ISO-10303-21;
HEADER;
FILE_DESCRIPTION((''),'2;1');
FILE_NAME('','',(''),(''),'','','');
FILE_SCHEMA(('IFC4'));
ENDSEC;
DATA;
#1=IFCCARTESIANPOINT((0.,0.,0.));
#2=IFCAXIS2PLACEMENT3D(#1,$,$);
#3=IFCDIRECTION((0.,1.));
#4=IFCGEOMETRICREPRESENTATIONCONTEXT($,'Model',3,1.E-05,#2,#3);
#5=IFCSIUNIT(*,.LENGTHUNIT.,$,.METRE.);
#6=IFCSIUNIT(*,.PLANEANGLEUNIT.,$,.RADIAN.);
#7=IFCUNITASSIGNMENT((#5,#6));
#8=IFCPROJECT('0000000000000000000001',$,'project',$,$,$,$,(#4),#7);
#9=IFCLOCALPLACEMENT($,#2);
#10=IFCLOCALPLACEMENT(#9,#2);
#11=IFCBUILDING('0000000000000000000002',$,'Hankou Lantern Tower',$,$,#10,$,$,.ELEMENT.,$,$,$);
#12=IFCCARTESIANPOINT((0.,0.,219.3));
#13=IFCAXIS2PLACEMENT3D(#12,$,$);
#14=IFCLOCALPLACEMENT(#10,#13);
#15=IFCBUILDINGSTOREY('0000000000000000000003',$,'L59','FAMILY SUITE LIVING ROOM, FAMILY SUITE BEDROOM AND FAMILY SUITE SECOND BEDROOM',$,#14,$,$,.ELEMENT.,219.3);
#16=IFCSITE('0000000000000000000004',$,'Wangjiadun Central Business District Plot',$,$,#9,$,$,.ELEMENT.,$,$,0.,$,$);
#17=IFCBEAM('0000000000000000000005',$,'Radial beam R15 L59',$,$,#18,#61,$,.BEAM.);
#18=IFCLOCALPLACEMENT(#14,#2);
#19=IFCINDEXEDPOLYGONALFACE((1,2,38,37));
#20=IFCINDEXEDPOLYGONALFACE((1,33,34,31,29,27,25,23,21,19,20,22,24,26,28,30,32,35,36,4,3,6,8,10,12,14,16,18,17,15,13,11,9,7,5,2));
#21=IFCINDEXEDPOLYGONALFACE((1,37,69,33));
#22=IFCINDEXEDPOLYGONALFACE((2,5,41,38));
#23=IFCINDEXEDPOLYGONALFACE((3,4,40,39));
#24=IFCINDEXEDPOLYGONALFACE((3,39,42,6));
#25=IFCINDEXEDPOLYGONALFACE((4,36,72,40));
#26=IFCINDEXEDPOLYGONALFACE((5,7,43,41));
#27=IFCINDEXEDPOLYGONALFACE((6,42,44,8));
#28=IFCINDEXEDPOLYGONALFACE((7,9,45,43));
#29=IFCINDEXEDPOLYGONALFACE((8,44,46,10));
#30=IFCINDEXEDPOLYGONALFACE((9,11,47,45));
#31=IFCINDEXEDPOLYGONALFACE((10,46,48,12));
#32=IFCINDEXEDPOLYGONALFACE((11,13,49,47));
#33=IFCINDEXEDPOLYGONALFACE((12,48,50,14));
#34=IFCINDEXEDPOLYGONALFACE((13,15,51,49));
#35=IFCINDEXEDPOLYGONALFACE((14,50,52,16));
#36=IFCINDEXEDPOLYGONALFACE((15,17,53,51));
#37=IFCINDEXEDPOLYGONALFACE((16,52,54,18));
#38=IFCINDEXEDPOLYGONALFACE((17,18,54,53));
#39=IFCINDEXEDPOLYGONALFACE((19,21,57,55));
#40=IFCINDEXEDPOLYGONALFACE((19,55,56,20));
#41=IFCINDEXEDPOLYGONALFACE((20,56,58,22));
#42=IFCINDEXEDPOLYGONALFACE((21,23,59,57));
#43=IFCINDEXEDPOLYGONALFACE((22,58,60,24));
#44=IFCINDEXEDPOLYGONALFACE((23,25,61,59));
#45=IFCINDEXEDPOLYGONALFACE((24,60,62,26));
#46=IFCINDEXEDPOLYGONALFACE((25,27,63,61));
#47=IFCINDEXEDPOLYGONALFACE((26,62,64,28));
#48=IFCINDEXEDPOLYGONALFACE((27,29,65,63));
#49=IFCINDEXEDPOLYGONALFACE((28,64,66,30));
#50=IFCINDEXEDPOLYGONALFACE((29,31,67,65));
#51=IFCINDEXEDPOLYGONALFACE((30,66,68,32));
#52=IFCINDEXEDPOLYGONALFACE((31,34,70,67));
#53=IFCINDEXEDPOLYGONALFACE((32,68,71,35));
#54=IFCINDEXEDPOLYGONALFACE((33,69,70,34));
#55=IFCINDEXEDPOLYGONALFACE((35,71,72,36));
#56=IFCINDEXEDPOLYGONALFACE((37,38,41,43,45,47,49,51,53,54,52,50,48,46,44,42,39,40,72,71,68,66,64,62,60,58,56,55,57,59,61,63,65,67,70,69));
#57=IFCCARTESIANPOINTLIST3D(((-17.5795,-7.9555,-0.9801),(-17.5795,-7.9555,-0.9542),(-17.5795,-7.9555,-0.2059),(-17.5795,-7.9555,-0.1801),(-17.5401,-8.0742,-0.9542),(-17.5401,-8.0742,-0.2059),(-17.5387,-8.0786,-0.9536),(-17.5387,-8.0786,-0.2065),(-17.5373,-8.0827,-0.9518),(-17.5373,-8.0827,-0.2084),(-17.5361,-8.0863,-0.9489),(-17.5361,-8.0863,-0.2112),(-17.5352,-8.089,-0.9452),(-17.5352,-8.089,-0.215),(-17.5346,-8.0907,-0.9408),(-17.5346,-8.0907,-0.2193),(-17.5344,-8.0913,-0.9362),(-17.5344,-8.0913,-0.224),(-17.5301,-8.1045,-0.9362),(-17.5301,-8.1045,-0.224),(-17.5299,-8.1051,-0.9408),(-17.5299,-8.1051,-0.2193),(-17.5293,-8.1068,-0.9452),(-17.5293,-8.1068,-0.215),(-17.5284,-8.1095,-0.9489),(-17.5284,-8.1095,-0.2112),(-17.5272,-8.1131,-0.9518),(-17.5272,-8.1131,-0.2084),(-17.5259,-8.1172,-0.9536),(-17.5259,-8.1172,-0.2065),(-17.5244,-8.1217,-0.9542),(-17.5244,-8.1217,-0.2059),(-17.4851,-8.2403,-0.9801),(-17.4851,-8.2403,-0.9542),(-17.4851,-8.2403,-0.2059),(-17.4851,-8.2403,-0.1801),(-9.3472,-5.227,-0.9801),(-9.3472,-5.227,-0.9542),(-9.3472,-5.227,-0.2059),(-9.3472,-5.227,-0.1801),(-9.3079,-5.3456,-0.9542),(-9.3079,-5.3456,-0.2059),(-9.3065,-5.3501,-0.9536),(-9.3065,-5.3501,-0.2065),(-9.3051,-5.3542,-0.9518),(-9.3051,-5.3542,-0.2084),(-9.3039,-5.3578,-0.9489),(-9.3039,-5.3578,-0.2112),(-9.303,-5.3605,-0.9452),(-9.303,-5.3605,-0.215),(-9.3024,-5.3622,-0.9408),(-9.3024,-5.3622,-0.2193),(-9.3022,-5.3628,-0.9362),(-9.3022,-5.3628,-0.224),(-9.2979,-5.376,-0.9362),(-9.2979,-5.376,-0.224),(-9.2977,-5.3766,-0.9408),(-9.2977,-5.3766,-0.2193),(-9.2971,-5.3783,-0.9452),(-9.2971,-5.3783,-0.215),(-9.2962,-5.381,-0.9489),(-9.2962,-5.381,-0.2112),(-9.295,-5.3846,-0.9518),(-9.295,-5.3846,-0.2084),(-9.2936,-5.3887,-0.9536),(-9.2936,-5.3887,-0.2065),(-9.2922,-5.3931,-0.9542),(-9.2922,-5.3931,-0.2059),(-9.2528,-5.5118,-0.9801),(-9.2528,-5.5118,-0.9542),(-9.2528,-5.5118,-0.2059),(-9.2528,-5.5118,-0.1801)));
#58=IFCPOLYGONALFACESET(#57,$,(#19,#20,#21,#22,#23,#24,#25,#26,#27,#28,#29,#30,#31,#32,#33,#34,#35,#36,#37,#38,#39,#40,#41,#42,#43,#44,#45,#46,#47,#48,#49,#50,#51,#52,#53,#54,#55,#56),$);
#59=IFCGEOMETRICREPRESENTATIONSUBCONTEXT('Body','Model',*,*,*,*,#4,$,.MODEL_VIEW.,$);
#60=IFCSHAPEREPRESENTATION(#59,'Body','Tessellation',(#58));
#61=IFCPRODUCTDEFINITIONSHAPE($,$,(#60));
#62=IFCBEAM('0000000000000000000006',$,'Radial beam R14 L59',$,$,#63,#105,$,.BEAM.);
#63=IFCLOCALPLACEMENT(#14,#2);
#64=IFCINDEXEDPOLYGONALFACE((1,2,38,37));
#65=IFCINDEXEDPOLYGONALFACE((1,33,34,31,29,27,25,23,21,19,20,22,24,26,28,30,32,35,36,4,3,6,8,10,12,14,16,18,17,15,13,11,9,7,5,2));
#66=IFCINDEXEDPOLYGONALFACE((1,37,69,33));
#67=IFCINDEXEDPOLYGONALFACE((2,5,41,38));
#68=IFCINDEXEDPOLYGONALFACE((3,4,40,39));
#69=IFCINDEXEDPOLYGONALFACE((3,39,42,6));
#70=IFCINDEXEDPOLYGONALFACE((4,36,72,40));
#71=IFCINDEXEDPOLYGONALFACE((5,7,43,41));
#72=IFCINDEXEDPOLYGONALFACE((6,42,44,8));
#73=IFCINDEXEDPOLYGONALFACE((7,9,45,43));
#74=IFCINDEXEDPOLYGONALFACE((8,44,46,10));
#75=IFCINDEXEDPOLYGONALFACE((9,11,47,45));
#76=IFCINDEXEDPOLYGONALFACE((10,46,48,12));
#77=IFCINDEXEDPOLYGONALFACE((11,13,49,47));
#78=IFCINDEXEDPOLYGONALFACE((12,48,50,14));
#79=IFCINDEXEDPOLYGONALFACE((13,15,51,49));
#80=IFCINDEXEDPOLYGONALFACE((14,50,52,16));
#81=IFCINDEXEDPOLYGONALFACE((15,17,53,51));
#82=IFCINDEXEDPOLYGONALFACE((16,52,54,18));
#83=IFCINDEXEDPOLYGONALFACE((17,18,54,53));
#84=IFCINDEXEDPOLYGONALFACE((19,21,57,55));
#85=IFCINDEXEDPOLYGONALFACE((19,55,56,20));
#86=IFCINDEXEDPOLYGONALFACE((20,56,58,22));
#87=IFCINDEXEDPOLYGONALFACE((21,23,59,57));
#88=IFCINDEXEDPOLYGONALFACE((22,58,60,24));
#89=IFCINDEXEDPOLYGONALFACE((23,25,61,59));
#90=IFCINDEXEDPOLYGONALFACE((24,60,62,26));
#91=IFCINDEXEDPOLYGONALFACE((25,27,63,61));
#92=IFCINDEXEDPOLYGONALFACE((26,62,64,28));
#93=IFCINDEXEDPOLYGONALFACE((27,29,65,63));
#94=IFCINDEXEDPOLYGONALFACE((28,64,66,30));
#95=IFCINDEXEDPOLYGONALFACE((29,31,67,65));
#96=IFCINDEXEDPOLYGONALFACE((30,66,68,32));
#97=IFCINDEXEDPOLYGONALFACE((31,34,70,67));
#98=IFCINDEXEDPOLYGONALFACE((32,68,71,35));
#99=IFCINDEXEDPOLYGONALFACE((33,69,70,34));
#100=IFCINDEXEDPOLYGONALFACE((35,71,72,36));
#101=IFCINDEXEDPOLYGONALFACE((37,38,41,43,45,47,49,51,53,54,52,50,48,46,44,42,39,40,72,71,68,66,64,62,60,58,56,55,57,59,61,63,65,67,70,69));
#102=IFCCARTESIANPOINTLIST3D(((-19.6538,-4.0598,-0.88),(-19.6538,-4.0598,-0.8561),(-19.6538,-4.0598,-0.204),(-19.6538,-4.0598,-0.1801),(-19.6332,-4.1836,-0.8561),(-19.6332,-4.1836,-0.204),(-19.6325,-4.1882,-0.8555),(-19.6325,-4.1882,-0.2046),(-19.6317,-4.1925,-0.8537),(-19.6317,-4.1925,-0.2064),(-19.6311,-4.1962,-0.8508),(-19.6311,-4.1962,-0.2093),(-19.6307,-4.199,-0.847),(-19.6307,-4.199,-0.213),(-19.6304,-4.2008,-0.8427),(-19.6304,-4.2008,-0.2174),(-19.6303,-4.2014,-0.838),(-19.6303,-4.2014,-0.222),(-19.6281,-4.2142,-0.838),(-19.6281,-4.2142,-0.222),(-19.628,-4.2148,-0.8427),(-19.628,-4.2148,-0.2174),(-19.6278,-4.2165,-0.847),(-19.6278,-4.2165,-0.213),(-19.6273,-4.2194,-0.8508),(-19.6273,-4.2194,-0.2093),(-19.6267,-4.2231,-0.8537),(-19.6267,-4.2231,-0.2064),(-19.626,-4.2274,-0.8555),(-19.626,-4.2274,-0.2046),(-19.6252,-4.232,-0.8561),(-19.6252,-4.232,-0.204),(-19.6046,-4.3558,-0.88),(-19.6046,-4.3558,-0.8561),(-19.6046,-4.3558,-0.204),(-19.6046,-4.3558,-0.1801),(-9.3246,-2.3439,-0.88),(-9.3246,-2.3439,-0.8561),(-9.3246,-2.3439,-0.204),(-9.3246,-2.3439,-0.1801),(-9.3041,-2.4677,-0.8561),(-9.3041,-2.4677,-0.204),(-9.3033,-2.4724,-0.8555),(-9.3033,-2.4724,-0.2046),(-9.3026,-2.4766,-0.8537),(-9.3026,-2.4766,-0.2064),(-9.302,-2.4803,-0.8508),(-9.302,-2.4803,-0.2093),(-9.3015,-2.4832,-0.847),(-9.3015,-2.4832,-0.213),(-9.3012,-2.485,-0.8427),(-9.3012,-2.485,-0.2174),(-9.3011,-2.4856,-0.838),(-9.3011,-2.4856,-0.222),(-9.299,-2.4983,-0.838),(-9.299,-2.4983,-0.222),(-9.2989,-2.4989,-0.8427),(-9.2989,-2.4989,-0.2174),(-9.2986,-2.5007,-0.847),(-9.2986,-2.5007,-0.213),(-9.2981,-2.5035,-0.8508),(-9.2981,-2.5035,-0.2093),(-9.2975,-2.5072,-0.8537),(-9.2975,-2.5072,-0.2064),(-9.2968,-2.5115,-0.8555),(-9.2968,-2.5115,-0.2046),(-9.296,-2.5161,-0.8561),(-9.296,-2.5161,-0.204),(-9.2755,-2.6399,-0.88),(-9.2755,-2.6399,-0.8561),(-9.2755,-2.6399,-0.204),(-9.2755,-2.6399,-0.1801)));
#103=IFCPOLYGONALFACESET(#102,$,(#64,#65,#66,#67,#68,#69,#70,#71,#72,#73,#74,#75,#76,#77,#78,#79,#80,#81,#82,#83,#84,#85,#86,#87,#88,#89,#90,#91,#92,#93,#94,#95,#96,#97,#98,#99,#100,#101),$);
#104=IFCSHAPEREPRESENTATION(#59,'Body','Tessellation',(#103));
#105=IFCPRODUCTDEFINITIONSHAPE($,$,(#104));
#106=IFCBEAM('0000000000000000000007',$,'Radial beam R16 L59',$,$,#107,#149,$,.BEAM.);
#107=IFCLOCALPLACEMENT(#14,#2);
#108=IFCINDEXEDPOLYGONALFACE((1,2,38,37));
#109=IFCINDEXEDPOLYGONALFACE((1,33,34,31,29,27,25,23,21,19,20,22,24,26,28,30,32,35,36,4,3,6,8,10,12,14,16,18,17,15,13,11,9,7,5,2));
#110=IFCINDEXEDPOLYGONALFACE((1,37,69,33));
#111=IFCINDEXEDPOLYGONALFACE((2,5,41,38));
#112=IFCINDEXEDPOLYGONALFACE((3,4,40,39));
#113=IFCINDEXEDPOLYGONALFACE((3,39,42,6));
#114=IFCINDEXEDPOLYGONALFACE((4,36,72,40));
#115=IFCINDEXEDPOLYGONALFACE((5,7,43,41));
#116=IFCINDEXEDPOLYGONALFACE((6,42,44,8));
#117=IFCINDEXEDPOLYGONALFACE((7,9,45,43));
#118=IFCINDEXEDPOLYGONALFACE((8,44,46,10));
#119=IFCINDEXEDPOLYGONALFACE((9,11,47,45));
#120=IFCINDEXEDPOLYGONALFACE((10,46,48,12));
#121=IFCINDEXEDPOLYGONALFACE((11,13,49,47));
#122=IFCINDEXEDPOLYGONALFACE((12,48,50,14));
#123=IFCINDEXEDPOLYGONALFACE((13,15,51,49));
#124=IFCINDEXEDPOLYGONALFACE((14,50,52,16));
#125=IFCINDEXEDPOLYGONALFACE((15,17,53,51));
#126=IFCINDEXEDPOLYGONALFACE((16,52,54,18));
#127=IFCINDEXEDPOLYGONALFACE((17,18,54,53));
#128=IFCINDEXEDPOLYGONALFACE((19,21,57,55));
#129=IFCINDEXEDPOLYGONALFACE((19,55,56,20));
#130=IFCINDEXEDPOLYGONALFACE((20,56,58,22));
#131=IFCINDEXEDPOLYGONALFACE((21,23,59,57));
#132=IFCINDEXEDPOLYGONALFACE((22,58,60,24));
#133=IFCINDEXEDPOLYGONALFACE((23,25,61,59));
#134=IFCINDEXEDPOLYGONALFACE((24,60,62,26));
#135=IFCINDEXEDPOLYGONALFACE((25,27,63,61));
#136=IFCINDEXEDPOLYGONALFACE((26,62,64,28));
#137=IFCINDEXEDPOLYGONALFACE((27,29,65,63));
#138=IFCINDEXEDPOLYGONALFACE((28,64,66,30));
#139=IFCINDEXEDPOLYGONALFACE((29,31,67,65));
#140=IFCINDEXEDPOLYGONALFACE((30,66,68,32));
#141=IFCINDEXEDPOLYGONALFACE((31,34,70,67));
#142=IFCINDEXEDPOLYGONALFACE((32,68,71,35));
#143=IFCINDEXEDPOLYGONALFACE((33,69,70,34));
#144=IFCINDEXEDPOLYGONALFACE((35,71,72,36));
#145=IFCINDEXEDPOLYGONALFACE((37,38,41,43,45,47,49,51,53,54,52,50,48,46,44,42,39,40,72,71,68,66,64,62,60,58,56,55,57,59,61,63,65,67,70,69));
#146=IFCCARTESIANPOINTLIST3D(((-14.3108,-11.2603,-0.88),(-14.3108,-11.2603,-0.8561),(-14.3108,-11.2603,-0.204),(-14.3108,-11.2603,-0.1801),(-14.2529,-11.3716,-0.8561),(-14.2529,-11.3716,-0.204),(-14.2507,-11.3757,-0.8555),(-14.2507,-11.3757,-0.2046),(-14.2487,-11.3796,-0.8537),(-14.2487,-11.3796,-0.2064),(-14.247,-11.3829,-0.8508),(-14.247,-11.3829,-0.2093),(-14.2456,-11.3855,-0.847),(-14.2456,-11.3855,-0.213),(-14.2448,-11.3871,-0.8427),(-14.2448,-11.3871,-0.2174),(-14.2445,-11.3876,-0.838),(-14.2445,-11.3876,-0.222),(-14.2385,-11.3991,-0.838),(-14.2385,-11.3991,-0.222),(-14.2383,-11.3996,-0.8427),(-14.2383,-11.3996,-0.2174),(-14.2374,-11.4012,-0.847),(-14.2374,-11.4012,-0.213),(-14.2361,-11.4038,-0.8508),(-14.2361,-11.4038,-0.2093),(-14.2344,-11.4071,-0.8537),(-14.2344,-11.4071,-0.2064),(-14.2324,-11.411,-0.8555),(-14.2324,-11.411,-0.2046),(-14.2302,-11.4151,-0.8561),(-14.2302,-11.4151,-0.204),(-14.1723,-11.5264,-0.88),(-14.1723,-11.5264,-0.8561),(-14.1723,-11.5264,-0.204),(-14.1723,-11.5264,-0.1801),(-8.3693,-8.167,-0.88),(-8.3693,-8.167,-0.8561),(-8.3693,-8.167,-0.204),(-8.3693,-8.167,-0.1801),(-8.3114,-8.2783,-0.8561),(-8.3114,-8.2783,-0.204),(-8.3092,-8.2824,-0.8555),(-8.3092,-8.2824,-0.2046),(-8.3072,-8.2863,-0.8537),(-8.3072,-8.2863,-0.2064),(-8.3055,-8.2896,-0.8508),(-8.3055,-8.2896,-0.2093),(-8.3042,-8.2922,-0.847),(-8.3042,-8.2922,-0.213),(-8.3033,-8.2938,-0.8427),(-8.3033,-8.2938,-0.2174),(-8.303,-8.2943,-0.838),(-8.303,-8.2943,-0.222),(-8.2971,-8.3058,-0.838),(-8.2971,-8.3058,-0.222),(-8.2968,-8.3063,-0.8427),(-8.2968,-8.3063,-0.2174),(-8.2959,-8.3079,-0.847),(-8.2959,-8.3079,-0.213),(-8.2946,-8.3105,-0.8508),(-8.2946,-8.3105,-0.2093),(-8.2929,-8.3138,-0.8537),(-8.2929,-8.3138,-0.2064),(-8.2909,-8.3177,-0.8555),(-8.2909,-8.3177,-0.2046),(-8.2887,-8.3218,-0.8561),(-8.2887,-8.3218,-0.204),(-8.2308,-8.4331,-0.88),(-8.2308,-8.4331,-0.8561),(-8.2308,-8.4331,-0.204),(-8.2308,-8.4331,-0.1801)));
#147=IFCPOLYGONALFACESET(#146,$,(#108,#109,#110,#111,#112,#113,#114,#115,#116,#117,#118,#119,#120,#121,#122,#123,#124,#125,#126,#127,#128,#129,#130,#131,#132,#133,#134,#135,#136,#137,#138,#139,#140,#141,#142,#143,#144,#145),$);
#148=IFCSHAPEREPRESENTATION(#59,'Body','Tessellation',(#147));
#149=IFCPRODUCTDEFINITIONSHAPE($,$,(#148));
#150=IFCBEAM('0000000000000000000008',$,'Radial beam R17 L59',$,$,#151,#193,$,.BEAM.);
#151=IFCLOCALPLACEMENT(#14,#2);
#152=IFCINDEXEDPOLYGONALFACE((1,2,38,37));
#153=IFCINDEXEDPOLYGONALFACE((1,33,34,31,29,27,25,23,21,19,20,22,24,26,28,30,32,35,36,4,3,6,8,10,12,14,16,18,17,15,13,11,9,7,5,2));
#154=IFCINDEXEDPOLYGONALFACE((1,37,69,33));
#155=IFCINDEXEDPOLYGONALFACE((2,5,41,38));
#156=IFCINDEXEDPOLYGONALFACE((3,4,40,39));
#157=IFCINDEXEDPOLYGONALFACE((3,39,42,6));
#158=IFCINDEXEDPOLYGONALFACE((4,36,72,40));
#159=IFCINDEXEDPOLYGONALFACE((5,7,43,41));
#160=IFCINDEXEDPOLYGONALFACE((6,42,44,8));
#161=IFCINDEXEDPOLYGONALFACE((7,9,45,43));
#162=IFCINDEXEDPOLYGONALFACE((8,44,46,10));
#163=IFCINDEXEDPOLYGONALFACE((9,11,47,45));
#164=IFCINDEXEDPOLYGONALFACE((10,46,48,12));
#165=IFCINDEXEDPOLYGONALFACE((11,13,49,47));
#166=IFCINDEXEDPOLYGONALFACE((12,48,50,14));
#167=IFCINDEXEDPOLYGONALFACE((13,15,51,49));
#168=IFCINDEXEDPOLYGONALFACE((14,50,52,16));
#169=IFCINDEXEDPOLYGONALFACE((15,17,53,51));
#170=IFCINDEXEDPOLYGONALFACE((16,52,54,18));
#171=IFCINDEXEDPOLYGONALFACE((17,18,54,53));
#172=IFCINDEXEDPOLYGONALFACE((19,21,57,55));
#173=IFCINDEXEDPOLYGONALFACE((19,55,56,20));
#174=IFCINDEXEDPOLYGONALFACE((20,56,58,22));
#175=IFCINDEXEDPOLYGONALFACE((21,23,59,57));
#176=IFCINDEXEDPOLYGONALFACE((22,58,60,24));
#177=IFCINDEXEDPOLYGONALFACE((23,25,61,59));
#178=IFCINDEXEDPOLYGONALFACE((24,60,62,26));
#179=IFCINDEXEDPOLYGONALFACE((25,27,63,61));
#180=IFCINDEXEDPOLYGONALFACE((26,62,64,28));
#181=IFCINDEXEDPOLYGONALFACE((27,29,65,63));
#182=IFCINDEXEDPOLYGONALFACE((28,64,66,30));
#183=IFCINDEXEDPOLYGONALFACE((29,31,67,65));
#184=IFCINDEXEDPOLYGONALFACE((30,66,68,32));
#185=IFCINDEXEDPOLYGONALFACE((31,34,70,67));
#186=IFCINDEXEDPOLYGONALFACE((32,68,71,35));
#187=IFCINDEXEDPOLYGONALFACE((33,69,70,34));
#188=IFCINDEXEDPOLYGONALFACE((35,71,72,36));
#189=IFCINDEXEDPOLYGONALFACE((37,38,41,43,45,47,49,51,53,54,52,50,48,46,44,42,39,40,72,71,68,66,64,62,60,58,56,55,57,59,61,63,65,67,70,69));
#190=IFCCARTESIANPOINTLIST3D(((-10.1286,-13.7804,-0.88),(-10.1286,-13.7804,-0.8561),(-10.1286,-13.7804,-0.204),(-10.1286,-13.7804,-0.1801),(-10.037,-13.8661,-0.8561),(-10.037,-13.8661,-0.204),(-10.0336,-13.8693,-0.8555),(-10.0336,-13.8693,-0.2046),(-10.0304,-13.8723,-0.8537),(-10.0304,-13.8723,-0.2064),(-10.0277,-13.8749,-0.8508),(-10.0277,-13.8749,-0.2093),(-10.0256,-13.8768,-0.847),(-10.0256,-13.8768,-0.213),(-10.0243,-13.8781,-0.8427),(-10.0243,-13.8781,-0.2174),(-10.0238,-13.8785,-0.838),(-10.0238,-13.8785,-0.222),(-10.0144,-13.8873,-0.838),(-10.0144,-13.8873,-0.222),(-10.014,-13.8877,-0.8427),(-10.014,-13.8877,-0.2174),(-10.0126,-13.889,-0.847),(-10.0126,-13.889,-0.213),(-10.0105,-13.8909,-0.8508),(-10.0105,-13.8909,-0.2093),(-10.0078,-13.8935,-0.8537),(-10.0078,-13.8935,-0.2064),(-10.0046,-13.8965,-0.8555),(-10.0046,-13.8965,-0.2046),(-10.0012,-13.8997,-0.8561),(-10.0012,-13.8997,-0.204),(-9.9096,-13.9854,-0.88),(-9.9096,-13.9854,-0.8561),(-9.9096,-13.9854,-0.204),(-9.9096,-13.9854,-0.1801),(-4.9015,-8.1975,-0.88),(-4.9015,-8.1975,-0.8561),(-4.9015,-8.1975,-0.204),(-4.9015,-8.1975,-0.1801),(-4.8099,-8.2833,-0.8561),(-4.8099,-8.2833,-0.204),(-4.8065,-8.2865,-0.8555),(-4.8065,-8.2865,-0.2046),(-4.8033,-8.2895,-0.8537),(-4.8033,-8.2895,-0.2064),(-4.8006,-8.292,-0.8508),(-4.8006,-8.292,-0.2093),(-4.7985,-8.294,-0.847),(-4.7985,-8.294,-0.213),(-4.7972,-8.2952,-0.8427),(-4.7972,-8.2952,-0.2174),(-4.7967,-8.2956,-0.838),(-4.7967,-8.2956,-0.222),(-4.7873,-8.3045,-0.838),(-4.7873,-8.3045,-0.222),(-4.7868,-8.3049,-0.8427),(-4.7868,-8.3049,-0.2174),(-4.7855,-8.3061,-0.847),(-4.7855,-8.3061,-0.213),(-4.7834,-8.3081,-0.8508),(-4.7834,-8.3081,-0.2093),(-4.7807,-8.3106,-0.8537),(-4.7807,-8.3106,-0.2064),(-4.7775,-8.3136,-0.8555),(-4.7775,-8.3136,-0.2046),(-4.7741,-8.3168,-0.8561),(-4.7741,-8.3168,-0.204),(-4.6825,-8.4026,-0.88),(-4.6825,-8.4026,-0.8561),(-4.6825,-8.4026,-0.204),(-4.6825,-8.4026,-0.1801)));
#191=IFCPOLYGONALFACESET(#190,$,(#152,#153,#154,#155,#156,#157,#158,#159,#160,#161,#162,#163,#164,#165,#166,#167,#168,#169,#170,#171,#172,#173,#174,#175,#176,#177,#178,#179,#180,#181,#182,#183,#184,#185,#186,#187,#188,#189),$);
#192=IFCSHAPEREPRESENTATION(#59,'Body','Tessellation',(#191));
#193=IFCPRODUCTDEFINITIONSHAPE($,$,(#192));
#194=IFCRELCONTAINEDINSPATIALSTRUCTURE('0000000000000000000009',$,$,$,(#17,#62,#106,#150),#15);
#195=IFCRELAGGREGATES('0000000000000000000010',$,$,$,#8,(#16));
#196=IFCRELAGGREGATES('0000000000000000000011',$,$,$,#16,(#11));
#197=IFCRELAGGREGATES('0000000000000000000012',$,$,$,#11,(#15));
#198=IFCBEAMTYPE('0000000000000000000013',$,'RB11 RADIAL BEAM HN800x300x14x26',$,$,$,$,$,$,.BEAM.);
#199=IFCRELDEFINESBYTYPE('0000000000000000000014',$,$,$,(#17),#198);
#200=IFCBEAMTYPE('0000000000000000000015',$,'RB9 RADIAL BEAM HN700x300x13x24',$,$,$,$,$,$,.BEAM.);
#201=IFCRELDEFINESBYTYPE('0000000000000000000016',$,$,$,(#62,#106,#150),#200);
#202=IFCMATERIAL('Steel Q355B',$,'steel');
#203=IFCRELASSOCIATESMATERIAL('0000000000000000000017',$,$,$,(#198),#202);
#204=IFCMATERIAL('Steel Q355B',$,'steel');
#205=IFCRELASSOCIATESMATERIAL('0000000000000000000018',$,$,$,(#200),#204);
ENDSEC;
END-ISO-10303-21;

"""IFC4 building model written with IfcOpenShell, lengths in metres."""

from ifc_helpers import new_model, si_unit, direction, frame, origin, origin_2d, place, context, subcontext, project, spatial, i_section, extrude, material, material_profile, profile_set, type_object, element, save


model = new_model("IFC4")

# Units and contexts
model_context = context("Model", 3, precision=1e-05, world=origin(), true_north=direction((0.0, 1.0)))
body_context = subcontext(model_context, "Body", "Model", "MODEL_VIEW")
ifc_project = project(units=[si_unit("LENGTHUNIT", "METRE"), si_unit("PLANEANGLEUNIT", "RADIAN")], contexts=[model_context])

# Site, building, storey
site_placement = place(None, origin())
site = spatial("IfcSite", under=ifc_project, at=site_placement, Name="Wangjiadun Central Business District Plot", CompositionType="ELEMENT", RefElevation=0.0)
building_placement = place(site_placement, origin())
building = spatial("IfcBuilding", under=site, at=building_placement, Name="Hankou Lantern Tower", CompositionType="ELEMENT")
storey_placement = place(building_placement, frame((0.0, 0.0, 219.3)))
storey = spatial("IfcBuildingStorey", under=building, at=storey_placement, Name="L59", Description="FAMILY SUITE LIVING ROOM, FAMILY SUITE BEDROOM AND FAMILY SUITE SECOND BEDROOM", CompositionType="ELEMENT", Elevation=219.3)

# Beams
ifc_material_1 = material(Name="Steel Q355B", Category="steel")
ifc_material_profile_1 = material_profile(ifc_material_1, i_section(OverallWidth=0.3, OverallDepth=0.8, WebThickness=0.0139, FlangeThickness=0.0259, FilletRadius=0.0181, at=origin_2d()), Name="HN800x300x14x26")
ifc_profile_set_1 = profile_set([ifc_material_profile_1], Name="Steel Q355B")
beam_type_1 = type_object("IfcBeamType", Name="RB11 RADIAL BEAM HN800x300x14x26", PredefinedType="BEAM", material=ifc_profile_set_1)
beam_1_placement = place(storey_placement, frame((-9.3, -5.3694, -0.5801), z_axis=(-0.94922, -0.314614, 0.0), x_axis=(0.314614, -0.94922, 0.0)))
element("IfcBeam", 1, at=beam_1_placement, inside=storey, type_object=beam_type_1, Name="Radial beam R15 L59", PredefinedType="BEAM", context=body_context, shape_type="SweptSolid", body=[
    extrude(i_section(OverallWidth=0.3, OverallDepth=0.8, WebThickness=0.0139, FlangeThickness=0.0259, FilletRadius=0.0181, at=origin_2d()), origin(), (0.0, 0.0, 1.0), 8.6726),
])
ifc_material_2 = material(Name="Steel Q355B", Category="steel")
ifc_material_profile_2 = material_profile(ifc_material_2, i_section(OverallWidth=0.3, OverallDepth=0.7, WebThickness=0.0129, FlangeThickness=0.0239, FilletRadius=0.0181, at=origin_2d()), Name="HN700x300x13x24")
ifc_profile_set_2 = profile_set([ifc_material_profile_2], Name="Steel Q355B")
beam_type_2 = type_object("IfcBeamType", Name="RB9 RADIAL BEAM HN700x300x13x24", PredefinedType="BEAM", material=ifc_profile_set_2)
beam_2_placement = place(storey_placement, frame((-9.3, -2.4919, -0.53), z_axis=(-0.986482, -0.16387, 0.0), x_axis=(0.16387, -0.986482, 0.0)))
element("IfcBeam", 2, at=beam_2_placement, inside=storey, type_object=beam_type_2, Name="Radial beam R14 L59", PredefinedType="BEAM", context=body_context, shape_type="SweptSolid", body=[
    extrude(i_section(OverallWidth=0.3, OverallDepth=0.7, WebThickness=0.0129, FlangeThickness=0.0239, FilletRadius=0.0181, at=origin_2d()), origin(), (0.0, 0.0, 1.0), 10.4707),
])
beam_3_placement = place(storey_placement, frame((-8.3, -8.3, -0.53), z_axis=(-0.886989, -0.461791, 0.0), x_axis=(0.461791, -0.886989, 0.0)))
element("IfcBeam", 3, at=beam_3_placement, inside=storey, type_object=beam_type_2, Name="Radial beam R16 L59", PredefinedType="BEAM", context=body_context, shape_type="SweptSolid", body=[
    extrude(i_section(OverallWidth=0.3, OverallDepth=0.7, WebThickness=0.0129, FlangeThickness=0.0239, FilletRadius=0.0181, at=origin_2d()), origin(), (0.0, 0.0, 1.0), 6.6985),
])
beam_4_placement = place(storey_placement, frame((-4.792, -8.3, -0.53), z_axis=(-0.683468, -0.72998, 0.0), x_axis=(0.72998, -0.683468, 0.0)))
element("IfcBeam", 4, at=beam_4_placement, inside=storey, type_object=beam_type_2, Name="Radial beam R17 L59", PredefinedType="BEAM", context=body_context, shape_type="SweptSolid", body=[
    extrude(i_section(OverallWidth=0.3, OverallDepth=0.7, WebThickness=0.0129, FlangeThickness=0.0239, FilletRadius=0.0181, at=origin_2d()), origin(), (0.0, 0.0, 1.0), 7.6479),
])

save(model, "model.ifc")
